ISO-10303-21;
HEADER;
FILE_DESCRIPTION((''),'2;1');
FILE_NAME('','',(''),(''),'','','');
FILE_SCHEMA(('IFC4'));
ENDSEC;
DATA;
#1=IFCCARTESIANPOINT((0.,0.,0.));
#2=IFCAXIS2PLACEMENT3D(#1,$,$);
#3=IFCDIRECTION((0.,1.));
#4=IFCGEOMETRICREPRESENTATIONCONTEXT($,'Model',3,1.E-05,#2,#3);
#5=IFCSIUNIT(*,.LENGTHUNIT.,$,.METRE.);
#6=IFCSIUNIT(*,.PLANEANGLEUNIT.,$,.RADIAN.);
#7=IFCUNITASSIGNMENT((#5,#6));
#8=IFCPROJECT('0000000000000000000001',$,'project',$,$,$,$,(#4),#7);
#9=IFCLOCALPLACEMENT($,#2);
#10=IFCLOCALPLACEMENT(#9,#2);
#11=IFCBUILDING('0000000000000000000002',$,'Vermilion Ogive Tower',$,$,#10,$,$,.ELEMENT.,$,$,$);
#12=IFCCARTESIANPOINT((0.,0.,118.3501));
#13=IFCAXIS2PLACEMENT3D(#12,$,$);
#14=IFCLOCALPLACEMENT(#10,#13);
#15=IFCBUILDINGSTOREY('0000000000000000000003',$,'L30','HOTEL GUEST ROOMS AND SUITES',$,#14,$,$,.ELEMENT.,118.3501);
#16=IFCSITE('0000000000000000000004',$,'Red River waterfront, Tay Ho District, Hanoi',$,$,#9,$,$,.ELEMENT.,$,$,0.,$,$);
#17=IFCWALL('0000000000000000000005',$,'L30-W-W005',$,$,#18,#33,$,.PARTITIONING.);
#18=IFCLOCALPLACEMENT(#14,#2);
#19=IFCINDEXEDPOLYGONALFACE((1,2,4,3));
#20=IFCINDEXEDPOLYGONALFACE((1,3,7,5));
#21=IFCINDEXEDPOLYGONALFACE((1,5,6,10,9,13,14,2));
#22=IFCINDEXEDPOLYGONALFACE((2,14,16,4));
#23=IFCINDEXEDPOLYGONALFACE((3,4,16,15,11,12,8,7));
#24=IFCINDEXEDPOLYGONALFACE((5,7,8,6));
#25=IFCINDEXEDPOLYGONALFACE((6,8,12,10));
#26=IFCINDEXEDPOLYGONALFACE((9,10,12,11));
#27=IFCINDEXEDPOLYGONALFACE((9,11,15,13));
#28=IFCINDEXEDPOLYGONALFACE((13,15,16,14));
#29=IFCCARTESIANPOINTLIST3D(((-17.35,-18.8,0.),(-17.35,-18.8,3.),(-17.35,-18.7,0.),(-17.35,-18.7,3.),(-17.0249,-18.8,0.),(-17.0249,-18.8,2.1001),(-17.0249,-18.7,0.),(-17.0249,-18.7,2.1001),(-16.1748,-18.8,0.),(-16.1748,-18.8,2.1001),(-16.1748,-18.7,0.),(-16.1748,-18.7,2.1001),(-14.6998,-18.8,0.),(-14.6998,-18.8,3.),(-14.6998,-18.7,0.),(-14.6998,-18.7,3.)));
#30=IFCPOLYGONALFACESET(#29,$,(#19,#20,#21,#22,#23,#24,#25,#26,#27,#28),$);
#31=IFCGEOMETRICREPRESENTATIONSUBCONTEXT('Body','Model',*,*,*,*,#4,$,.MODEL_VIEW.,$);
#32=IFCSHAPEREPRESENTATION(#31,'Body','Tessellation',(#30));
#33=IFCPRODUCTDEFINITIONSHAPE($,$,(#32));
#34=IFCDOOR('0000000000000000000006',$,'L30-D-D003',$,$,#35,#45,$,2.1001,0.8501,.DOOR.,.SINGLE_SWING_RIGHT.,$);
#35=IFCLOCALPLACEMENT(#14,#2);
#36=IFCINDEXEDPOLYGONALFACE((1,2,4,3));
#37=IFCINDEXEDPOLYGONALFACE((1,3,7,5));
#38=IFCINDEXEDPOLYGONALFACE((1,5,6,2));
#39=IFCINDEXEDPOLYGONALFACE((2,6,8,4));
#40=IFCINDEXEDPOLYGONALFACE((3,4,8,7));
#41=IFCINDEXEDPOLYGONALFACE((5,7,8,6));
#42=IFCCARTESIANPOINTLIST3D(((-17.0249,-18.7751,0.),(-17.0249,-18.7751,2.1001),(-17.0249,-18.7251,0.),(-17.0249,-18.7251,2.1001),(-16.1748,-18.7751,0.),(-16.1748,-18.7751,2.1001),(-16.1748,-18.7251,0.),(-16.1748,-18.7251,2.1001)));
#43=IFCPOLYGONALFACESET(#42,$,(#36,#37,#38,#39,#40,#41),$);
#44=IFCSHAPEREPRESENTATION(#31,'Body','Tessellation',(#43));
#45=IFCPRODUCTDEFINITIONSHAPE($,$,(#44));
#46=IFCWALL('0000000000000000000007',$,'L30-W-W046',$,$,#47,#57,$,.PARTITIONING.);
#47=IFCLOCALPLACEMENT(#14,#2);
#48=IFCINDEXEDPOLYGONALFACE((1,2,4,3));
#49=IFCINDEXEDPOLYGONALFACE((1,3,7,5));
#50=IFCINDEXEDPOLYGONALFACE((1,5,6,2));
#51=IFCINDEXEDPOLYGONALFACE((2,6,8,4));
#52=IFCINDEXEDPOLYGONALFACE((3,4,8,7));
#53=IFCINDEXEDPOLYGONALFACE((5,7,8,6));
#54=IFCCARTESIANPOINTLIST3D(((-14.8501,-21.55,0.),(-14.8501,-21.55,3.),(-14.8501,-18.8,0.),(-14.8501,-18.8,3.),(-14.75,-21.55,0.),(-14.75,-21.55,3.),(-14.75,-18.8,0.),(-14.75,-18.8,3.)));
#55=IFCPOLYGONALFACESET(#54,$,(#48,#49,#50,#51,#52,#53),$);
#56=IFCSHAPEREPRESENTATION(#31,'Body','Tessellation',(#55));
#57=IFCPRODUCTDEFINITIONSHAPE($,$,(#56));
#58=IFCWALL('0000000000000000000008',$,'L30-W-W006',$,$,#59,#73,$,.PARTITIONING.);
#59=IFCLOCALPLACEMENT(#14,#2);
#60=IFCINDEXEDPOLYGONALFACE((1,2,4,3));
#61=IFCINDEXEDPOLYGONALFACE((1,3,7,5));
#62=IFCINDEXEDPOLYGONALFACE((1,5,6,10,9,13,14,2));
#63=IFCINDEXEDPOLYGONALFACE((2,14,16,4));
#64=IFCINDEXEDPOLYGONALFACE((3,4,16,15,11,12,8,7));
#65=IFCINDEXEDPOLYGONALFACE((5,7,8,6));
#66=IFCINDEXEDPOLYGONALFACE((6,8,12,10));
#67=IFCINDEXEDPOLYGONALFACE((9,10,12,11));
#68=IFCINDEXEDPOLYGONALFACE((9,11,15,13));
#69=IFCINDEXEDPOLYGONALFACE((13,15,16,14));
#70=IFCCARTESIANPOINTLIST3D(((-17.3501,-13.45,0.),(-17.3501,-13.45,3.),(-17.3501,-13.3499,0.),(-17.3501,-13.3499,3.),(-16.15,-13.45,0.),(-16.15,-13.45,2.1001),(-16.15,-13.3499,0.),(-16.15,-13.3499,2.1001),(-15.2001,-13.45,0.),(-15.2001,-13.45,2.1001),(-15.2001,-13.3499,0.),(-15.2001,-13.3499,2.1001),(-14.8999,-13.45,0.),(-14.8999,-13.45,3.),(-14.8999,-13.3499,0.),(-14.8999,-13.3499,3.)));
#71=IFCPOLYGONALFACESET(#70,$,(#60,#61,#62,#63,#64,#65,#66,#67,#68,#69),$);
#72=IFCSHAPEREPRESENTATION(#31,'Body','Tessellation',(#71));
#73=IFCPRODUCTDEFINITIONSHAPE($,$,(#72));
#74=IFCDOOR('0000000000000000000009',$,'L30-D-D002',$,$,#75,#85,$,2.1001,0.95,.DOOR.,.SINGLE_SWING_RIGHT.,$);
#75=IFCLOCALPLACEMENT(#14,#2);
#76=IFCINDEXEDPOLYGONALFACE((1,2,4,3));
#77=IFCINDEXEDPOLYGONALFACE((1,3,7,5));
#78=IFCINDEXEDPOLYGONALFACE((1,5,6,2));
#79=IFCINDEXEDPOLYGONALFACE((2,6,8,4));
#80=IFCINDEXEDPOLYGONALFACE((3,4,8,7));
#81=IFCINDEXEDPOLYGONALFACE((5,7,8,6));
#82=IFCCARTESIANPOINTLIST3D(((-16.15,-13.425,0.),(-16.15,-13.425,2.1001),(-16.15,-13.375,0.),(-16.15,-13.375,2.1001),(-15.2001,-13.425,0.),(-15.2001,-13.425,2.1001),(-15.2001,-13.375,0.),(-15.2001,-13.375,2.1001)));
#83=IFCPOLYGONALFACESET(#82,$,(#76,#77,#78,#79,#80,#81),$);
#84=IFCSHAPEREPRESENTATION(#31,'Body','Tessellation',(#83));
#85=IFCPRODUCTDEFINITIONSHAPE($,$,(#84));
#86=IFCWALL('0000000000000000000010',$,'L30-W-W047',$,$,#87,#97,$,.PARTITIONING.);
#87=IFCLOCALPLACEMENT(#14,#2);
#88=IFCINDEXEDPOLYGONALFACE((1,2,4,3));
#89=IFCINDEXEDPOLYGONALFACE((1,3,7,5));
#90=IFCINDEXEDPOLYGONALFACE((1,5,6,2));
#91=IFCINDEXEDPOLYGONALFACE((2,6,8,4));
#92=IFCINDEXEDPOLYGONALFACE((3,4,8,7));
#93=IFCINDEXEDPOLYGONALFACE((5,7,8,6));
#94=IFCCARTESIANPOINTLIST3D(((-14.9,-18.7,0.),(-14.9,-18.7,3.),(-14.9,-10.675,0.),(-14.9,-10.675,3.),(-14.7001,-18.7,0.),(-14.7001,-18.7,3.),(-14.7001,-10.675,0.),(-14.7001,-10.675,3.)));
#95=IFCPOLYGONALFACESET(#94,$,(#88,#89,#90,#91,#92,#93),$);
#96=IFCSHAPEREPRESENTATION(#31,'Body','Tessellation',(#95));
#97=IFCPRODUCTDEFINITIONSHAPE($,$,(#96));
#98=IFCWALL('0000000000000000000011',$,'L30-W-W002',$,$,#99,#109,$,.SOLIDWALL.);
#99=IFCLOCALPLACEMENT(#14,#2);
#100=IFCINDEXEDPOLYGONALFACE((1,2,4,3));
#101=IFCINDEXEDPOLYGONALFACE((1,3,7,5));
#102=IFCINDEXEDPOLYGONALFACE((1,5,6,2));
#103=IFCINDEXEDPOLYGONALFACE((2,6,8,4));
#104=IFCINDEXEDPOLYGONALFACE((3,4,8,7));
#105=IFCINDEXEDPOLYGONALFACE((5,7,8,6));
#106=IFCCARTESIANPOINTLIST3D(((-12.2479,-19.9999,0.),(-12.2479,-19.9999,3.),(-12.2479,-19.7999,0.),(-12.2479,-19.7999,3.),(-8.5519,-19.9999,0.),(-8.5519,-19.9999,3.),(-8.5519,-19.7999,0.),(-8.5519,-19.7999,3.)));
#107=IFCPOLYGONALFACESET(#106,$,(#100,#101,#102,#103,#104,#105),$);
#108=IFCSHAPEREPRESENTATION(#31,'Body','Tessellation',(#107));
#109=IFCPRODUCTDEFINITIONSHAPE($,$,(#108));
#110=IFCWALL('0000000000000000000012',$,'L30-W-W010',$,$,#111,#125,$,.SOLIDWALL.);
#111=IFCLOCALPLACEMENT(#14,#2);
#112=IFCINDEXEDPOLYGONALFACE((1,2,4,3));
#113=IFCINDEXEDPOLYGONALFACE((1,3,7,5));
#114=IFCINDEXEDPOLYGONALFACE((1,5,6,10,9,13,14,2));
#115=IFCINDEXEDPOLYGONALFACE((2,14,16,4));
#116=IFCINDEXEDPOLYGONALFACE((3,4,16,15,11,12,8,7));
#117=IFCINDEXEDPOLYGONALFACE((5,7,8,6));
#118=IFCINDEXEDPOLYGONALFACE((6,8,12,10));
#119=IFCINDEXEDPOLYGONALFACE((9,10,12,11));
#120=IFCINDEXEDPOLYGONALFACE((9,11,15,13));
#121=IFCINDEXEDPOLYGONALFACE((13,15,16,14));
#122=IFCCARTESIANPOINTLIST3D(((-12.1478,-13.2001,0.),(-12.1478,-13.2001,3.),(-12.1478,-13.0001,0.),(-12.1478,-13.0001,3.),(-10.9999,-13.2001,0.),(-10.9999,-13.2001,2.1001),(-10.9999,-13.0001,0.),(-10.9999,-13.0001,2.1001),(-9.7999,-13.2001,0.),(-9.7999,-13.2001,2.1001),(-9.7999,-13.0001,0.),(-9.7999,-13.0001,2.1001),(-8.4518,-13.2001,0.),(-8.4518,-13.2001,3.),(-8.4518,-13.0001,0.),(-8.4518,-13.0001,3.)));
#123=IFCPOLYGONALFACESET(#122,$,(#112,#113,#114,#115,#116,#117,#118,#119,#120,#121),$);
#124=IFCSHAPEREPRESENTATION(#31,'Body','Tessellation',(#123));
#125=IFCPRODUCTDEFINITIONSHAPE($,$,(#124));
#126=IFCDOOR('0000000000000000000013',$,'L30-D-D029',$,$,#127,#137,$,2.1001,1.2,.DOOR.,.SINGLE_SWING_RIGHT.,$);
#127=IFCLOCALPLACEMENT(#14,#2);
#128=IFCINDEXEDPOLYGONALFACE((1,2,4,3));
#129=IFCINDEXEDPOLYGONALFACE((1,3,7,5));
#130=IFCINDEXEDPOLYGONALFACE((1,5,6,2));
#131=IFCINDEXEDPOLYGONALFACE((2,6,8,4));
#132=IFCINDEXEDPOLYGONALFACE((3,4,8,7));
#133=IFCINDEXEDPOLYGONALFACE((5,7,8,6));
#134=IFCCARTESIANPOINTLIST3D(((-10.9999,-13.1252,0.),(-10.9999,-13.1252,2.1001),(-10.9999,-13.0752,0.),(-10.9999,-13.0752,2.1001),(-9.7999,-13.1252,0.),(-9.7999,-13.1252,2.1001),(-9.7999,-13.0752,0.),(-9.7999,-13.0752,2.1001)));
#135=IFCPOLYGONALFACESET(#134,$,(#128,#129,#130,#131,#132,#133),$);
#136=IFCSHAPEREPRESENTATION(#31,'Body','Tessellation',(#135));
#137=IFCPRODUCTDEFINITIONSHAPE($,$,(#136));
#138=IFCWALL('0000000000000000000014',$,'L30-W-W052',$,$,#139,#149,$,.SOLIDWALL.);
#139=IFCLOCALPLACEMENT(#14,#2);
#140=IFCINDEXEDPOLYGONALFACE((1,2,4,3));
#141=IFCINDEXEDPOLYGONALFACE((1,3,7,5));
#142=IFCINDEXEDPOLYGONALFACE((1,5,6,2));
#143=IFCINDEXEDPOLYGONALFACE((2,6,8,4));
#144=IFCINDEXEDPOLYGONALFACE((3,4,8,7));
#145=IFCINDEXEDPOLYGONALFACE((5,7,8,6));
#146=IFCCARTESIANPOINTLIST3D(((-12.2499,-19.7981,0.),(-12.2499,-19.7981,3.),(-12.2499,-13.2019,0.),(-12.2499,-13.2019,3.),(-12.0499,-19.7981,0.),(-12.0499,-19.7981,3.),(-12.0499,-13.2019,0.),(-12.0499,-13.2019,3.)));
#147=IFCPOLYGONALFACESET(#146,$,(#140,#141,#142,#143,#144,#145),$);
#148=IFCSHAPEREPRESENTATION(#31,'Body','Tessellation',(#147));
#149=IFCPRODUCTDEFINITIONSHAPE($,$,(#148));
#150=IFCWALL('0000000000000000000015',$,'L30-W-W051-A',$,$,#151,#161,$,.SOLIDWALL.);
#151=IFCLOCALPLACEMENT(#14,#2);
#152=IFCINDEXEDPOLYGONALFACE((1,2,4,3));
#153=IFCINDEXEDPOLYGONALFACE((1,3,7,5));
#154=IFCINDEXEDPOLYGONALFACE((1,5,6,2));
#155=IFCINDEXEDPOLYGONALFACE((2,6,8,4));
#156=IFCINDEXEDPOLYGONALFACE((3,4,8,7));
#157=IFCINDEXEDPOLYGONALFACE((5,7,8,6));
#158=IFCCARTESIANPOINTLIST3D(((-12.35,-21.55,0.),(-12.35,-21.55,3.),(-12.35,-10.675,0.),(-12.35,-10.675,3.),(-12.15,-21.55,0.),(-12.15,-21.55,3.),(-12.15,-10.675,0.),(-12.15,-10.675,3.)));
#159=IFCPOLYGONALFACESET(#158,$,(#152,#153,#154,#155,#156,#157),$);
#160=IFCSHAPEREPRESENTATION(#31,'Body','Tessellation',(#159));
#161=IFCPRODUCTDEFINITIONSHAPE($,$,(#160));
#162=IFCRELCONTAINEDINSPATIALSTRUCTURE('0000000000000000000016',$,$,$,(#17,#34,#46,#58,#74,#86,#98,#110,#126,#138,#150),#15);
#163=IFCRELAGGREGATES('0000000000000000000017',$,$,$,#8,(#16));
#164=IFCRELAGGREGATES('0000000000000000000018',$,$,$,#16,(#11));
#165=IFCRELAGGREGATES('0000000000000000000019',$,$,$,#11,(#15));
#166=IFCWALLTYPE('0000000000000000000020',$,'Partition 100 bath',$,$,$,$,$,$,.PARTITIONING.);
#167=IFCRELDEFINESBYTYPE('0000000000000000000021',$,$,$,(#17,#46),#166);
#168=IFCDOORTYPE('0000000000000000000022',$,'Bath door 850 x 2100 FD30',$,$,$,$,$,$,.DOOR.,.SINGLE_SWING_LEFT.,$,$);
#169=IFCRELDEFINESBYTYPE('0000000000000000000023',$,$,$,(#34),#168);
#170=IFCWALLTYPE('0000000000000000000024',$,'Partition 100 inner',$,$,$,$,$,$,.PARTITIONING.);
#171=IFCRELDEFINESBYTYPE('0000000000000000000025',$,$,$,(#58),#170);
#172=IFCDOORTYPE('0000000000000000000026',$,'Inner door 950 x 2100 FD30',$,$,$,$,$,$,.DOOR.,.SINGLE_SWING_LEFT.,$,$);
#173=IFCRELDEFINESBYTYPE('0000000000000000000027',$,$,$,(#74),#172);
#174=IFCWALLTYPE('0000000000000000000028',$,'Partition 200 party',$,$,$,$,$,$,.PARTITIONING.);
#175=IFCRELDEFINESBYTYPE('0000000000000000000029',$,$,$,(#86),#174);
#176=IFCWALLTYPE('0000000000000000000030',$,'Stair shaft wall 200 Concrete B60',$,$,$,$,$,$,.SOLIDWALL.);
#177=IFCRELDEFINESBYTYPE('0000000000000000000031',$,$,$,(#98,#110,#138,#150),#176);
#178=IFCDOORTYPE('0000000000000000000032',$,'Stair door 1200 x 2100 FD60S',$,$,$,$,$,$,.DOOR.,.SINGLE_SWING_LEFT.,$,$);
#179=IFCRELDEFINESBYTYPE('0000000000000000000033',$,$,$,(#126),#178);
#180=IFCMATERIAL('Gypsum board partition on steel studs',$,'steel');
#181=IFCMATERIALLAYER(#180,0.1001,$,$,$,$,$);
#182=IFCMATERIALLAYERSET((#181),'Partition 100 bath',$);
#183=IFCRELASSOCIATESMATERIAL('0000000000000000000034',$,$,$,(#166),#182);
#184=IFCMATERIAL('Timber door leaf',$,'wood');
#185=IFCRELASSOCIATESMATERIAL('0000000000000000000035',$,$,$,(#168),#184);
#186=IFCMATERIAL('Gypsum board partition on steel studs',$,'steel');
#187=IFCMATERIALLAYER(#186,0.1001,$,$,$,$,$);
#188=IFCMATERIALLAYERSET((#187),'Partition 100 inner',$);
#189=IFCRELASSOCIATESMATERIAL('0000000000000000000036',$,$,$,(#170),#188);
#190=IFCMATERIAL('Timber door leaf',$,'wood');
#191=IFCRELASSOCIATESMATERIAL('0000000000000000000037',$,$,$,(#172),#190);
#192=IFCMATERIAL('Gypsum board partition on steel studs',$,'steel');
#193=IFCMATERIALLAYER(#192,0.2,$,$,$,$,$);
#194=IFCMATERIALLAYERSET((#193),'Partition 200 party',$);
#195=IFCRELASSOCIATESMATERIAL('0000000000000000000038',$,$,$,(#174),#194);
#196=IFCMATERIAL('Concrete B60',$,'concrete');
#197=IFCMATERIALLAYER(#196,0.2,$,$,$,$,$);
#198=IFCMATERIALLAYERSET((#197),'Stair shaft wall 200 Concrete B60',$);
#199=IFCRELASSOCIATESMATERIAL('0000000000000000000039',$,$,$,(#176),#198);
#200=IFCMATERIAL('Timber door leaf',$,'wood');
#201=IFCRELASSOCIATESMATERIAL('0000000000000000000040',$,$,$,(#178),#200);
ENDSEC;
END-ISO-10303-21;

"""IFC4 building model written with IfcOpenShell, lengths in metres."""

from ifc_helpers import new_model, si_unit, direction, frame, frame_2d, origin, place, context, subcontext, project, spatial, rectangle, extrude, material, layer, layer_set, type_object, element, fill, save


model = new_model("IFC4")

# Units and contexts
model_context = context("Model", 3, precision=1e-05, world=origin(), true_north=direction((0.0, 1.0)))
body_context = subcontext(model_context, "Body", "Model", "MODEL_VIEW")
ifc_project = project(units=[si_unit("LENGTHUNIT", "METRE"), si_unit("PLANEANGLEUNIT", "RADIAN")], contexts=[model_context])

# Site, building, storey
site_placement = place(None, origin())
site = spatial("IfcSite", under=ifc_project, at=site_placement, Name="Red River waterfront, Tay Ho District, Hanoi", CompositionType="ELEMENT", RefElevation=0.0)
building_placement = place(site_placement, origin())
building = spatial("IfcBuilding", under=site, at=building_placement, Name="Vermilion Ogive Tower", CompositionType="ELEMENT")
storey_placement = place(building_placement, frame((0.0, 0.0, 118.3501)))
storey = spatial("IfcBuildingStorey", under=building, at=storey_placement, Name="L30", Description="HOTEL GUEST ROOMS AND SUITES", CompositionType="ELEMENT", Elevation=118.3501)

# Wall, opening, door
ifc_material_1 = material(Name="Gypsum board partition on steel studs", Category="steel")
ifc_layer_1 = layer(ifc_material_1, 0.1001)
ifc_layer_set_1 = layer_set([ifc_layer_1], Name="Partition 100 bath")
wall_type_1 = type_object("IfcWallType", Name="Partition 100 bath", PredefinedType="PARTITIONING", material=ifc_layer_set_1)
wall_1_placement = place(storey_placement, frame((-17.3501, -18.75, 0.0), z_axis=(0.0, 0.0, 1.0), x_axis=(1.0, 0.0, 0.0)))
wall_1 = element("IfcWall", 1, at=wall_1_placement, inside=storey, type_object=wall_type_1, Name="L30-W-W005", PredefinedType="PARTITIONING", context=body_context, shape_type="SweptSolid", body=[
    extrude(rectangle(XDim=2.6501, YDim=0.1001, at=frame_2d((1.3252, 0.0))), origin(), (0.0, 0.0, 1.0), 3.0),
])
opening_1_placement = place(wall_1_placement, frame((0.3252, 0.0, 0.0)))
opening_1 = element("IfcOpeningElement", 2, at=opening_1_placement, cuts=wall_1, PredefinedType="OPENING", context=body_context, shape_type="SweptSolid", body=[
    extrude(rectangle(XDim=0.8501, YDim=2.1001, at=frame_2d((0.425, 1.05))), frame((0.0, 0.0601, 0.0), z_axis=(0.0, -1.0, 0.0), x_axis=(1.0, 0.0, 0.0)), (0.0, 0.0, 1.0), 0.1201),
])
ifc_material_2 = material(Name="Timber door leaf", Category="wood")
door_type_1 = type_object("IfcDoorType", Name="Bath door 850 x 2100 FD30", OperationType="SINGLE_SWING_LEFT", PredefinedType="DOOR", material=ifc_material_2)
door_1_placement = place(opening_1_placement, origin())
door_1 = element("IfcDoor", 3, at=door_1_placement, inside=storey, type_object=door_type_1, Name="L30-D-D003", OperationType="SINGLE_SWING_RIGHT", OverallHeight=2.1001, OverallWidth=0.8501, PredefinedType="DOOR", context=body_context, shape_type="SweptSolid", body=[
    extrude(rectangle(XDim=0.8501, YDim=2.1001, at=frame_2d((0.425, 1.05))), frame((0.0, 0.0249, 0.0), z_axis=(0.0, -1.0, 0.0), x_axis=(1.0, 0.0, 0.0)), (0.0, 0.0, 1.0), 0.05),
])
fill(opening_1, door_1)

# Wall
wall_2_placement = place(storey_placement, frame((-14.8, -21.55, 0.0), z_axis=(0.0, 0.0, 1.0), x_axis=(0.0, 1.0, 0.0)))
element("IfcWall", 4, at=wall_2_placement, inside=storey, type_object=wall_type_1, Name="L30-W-W046", PredefinedType="PARTITIONING", context=body_context, shape_type="SweptSolid", body=[
    extrude(rectangle(XDim=2.75, YDim=0.1001, at=frame_2d((1.375, 0.0))), origin(), (0.0, 0.0, 1.0), 3.0),
])

# Wall, opening, door
ifc_material_3 = material(Name="Gypsum board partition on steel studs", Category="steel")
ifc_layer_2 = layer(ifc_material_3, 0.1001)
ifc_layer_set_2 = layer_set([ifc_layer_2], Name="Partition 100 inner")
wall_type_2 = type_object("IfcWallType", Name="Partition 100 inner", PredefinedType="PARTITIONING", material=ifc_layer_set_2)
wall_3_placement = place(storey_placement, frame((-17.3501, -13.3999, 0.0), z_axis=(0.0, 0.0, 1.0), x_axis=(1.0, 0.0, 0.0)))
wall_3 = element("IfcWall", 5, at=wall_3_placement, inside=storey, type_object=wall_type_2, Name="L30-W-W006", PredefinedType="PARTITIONING", context=body_context, shape_type="SweptSolid", body=[
    extrude(rectangle(XDim=2.4502, YDim=0.1001, at=frame_2d((1.2251, 0.0))), origin(), (0.0, 0.0, 1.0), 3.0),
])
opening_2_placement = place(wall_3_placement, frame((1.2, 0.0, 0.0)))
opening_2 = element("IfcOpeningElement", 6, at=opening_2_placement, cuts=wall_3, PredefinedType="OPENING", context=body_context, shape_type="SweptSolid", body=[
    extrude(rectangle(XDim=0.95, YDim=2.1001, at=frame_2d((0.4751, 1.05))), frame((0.0, 0.0601, 0.0), z_axis=(0.0, -1.0, 0.0), x_axis=(1.0, 0.0, 0.0)), (0.0, 0.0, 1.0), 0.1201),
])
ifc_material_4 = material(Name="Timber door leaf", Category="wood")
door_type_2 = type_object("IfcDoorType", Name="Inner door 950 x 2100 FD30", OperationType="SINGLE_SWING_LEFT", PredefinedType="DOOR", material=ifc_material_4)
door_2_placement = place(opening_2_placement, origin())
door_2 = element("IfcDoor", 7, at=door_2_placement, inside=storey, type_object=door_type_2, Name="L30-D-D002", OperationType="SINGLE_SWING_RIGHT", OverallHeight=2.1001, OverallWidth=0.95, PredefinedType="DOOR", context=body_context, shape_type="SweptSolid", body=[
    extrude(rectangle(XDim=0.95, YDim=2.1001, at=frame_2d((0.4751, 1.05))), frame((0.0, 0.0249, 0.0), z_axis=(0.0, -1.0, 0.0), x_axis=(1.0, 0.0, 0.0)), (0.0, 0.0, 1.0), 0.05),
])
fill(opening_2, door_2)

# Walls
ifc_material_5 = material(Name="Gypsum board partition on steel studs", Category="steel")
ifc_layer_3 = layer(ifc_material_5, 0.2)
ifc_layer_set_3 = layer_set([ifc_layer_3], Name="Partition 200 party")
wall_type_3 = type_object("IfcWallType", Name="Partition 200 party", PredefinedType="PARTITIONING", material=ifc_layer_set_3)
wall_4_placement = place(storey_placement, frame((-14.8, -18.7, 0.0), z_axis=(0.0, 0.0, 1.0), x_axis=(0.0, 1.0, 0.0)))
element("IfcWall", 8, at=wall_4_placement, inside=storey, type_object=wall_type_3, Name="L30-W-W047", PredefinedType="PARTITIONING", context=body_context, shape_type="SweptSolid", body=[
    extrude(rectangle(XDim=8.0249, YDim=0.2, at=frame_2d((4.0125, 0.0))), origin(), (0.0, 0.0, 1.0), 3.0),
])
ifc_material_6 = material(Name="Concrete B60", Category="concrete")
ifc_layer_4 = layer(ifc_material_6, 0.2)
ifc_layer_set_4 = layer_set([ifc_layer_4], Name="Stair shaft wall 200 Concrete B60")
wall_type_4 = type_object("IfcWallType", Name="Stair shaft wall 200 Concrete B60", PredefinedType="SOLIDWALL", material=ifc_layer_set_4)
wall_5_placement = place(storey_placement, frame((-12.248, -19.8999, 0.0), z_axis=(0.0, 0.0, 1.0), x_axis=(1.0, 0.0, 0.0)))
element("IfcWall", 9, at=wall_5_placement, inside=storey, type_object=wall_type_4, Name="L30-W-W002", PredefinedType="SOLIDWALL", context=body_context, shape_type="SweptSolid", body=[
    extrude(rectangle(XDim=3.696, YDim=0.2, at=frame_2d((1.8481, 0.0))), origin(), (0.0, 0.0, 1.0), 3.0),
])

# Wall, opening, door
wall_6_placement = place(storey_placement, frame((-12.1479, -13.1001, 0.0), z_axis=(0.0, 0.0, 1.0), x_axis=(1.0, 0.0, 0.0)))
wall_6 = element("IfcWall", 10, at=wall_6_placement, inside=storey, type_object=wall_type_4, Name="L30-W-W010", PredefinedType="SOLIDWALL", context=body_context, shape_type="SweptSolid", body=[
    extrude(rectangle(XDim=3.696, YDim=0.2, at=frame_2d((1.8481, 0.0))), origin(), (0.0, 0.0, 1.0), 3.0),
])
opening_3_placement = place(wall_6_placement, frame((1.1479, 0.0, 0.0)))
opening_3 = element("IfcOpeningElement", 11, at=opening_3_placement, cuts=wall_6, PredefinedType="OPENING", context=body_context, shape_type="SweptSolid", body=[
    extrude(rectangle(XDim=1.2, YDim=2.1001, at=frame_2d((0.6001, 1.05))), frame((0.0, 0.1099, 0.0), z_axis=(0.0, -1.0, 0.0), x_axis=(1.0, 0.0, 0.0)), (0.0, 0.0, 1.0), 0.22),
])
ifc_material_7 = material(Name="Timber door leaf", Category="wood")
door_type_3 = type_object("IfcDoorType", Name="Stair door 1200 x 2100 FD60S", OperationType="SINGLE_SWING_LEFT", PredefinedType="DOOR", material=ifc_material_7)
door_3_placement = place(opening_3_placement, origin())
door_3 = element("IfcDoor", 12, at=door_3_placement, inside=storey, type_object=door_type_3, Name="L30-D-D029", OperationType="SINGLE_SWING_RIGHT", OverallHeight=2.1001, OverallWidth=1.2, PredefinedType="DOOR", context=body_context, shape_type="SweptSolid", body=[
    extrude(rectangle(XDim=1.2, YDim=2.1001, at=frame_2d((0.6001, 1.05))), frame((0.0, 0.0249, 0.0), z_axis=(0.0, -1.0, 0.0), x_axis=(1.0, 0.0, 0.0)), (0.0, 0.0, 1.0), 0.05),
])
fill(opening_3, door_3)

# Walls
wall_7_placement = place(storey_placement, frame((-12.1499, -19.7981, 0.0), z_axis=(0.0, 0.0, 1.0), x_axis=(0.0, 1.0, 0.0)))
element("IfcWall", 13, at=wall_7_placement, inside=storey, type_object=wall_type_4, Name="L30-W-W052", PredefinedType="SOLIDWALL", context=body_context, shape_type="SweptSolid", body=[
    extrude(rectangle(XDim=6.5962, YDim=0.2, at=frame_2d((3.2981, 0.0))), origin(), (0.0, 0.0, 1.0), 3.0),
])
wall_8_placement = place(storey_placement, frame((-12.25, -21.55, 0.0), z_axis=(0.0, 0.0, 1.0), x_axis=(0.0, 1.0, 0.0)))
element("IfcWall", 14, at=wall_8_placement, inside=storey, type_object=wall_type_4, Name="L30-W-W051-A", PredefinedType="SOLIDWALL", context=body_context, shape_type="SweptSolid", body=[
    extrude(rectangle(XDim=10.875, YDim=0.2, at=frame_2d((5.4375, 0.0))), origin(), (0.0, 0.0, 1.0), 3.0),
])

save(model, "model.ifc")
